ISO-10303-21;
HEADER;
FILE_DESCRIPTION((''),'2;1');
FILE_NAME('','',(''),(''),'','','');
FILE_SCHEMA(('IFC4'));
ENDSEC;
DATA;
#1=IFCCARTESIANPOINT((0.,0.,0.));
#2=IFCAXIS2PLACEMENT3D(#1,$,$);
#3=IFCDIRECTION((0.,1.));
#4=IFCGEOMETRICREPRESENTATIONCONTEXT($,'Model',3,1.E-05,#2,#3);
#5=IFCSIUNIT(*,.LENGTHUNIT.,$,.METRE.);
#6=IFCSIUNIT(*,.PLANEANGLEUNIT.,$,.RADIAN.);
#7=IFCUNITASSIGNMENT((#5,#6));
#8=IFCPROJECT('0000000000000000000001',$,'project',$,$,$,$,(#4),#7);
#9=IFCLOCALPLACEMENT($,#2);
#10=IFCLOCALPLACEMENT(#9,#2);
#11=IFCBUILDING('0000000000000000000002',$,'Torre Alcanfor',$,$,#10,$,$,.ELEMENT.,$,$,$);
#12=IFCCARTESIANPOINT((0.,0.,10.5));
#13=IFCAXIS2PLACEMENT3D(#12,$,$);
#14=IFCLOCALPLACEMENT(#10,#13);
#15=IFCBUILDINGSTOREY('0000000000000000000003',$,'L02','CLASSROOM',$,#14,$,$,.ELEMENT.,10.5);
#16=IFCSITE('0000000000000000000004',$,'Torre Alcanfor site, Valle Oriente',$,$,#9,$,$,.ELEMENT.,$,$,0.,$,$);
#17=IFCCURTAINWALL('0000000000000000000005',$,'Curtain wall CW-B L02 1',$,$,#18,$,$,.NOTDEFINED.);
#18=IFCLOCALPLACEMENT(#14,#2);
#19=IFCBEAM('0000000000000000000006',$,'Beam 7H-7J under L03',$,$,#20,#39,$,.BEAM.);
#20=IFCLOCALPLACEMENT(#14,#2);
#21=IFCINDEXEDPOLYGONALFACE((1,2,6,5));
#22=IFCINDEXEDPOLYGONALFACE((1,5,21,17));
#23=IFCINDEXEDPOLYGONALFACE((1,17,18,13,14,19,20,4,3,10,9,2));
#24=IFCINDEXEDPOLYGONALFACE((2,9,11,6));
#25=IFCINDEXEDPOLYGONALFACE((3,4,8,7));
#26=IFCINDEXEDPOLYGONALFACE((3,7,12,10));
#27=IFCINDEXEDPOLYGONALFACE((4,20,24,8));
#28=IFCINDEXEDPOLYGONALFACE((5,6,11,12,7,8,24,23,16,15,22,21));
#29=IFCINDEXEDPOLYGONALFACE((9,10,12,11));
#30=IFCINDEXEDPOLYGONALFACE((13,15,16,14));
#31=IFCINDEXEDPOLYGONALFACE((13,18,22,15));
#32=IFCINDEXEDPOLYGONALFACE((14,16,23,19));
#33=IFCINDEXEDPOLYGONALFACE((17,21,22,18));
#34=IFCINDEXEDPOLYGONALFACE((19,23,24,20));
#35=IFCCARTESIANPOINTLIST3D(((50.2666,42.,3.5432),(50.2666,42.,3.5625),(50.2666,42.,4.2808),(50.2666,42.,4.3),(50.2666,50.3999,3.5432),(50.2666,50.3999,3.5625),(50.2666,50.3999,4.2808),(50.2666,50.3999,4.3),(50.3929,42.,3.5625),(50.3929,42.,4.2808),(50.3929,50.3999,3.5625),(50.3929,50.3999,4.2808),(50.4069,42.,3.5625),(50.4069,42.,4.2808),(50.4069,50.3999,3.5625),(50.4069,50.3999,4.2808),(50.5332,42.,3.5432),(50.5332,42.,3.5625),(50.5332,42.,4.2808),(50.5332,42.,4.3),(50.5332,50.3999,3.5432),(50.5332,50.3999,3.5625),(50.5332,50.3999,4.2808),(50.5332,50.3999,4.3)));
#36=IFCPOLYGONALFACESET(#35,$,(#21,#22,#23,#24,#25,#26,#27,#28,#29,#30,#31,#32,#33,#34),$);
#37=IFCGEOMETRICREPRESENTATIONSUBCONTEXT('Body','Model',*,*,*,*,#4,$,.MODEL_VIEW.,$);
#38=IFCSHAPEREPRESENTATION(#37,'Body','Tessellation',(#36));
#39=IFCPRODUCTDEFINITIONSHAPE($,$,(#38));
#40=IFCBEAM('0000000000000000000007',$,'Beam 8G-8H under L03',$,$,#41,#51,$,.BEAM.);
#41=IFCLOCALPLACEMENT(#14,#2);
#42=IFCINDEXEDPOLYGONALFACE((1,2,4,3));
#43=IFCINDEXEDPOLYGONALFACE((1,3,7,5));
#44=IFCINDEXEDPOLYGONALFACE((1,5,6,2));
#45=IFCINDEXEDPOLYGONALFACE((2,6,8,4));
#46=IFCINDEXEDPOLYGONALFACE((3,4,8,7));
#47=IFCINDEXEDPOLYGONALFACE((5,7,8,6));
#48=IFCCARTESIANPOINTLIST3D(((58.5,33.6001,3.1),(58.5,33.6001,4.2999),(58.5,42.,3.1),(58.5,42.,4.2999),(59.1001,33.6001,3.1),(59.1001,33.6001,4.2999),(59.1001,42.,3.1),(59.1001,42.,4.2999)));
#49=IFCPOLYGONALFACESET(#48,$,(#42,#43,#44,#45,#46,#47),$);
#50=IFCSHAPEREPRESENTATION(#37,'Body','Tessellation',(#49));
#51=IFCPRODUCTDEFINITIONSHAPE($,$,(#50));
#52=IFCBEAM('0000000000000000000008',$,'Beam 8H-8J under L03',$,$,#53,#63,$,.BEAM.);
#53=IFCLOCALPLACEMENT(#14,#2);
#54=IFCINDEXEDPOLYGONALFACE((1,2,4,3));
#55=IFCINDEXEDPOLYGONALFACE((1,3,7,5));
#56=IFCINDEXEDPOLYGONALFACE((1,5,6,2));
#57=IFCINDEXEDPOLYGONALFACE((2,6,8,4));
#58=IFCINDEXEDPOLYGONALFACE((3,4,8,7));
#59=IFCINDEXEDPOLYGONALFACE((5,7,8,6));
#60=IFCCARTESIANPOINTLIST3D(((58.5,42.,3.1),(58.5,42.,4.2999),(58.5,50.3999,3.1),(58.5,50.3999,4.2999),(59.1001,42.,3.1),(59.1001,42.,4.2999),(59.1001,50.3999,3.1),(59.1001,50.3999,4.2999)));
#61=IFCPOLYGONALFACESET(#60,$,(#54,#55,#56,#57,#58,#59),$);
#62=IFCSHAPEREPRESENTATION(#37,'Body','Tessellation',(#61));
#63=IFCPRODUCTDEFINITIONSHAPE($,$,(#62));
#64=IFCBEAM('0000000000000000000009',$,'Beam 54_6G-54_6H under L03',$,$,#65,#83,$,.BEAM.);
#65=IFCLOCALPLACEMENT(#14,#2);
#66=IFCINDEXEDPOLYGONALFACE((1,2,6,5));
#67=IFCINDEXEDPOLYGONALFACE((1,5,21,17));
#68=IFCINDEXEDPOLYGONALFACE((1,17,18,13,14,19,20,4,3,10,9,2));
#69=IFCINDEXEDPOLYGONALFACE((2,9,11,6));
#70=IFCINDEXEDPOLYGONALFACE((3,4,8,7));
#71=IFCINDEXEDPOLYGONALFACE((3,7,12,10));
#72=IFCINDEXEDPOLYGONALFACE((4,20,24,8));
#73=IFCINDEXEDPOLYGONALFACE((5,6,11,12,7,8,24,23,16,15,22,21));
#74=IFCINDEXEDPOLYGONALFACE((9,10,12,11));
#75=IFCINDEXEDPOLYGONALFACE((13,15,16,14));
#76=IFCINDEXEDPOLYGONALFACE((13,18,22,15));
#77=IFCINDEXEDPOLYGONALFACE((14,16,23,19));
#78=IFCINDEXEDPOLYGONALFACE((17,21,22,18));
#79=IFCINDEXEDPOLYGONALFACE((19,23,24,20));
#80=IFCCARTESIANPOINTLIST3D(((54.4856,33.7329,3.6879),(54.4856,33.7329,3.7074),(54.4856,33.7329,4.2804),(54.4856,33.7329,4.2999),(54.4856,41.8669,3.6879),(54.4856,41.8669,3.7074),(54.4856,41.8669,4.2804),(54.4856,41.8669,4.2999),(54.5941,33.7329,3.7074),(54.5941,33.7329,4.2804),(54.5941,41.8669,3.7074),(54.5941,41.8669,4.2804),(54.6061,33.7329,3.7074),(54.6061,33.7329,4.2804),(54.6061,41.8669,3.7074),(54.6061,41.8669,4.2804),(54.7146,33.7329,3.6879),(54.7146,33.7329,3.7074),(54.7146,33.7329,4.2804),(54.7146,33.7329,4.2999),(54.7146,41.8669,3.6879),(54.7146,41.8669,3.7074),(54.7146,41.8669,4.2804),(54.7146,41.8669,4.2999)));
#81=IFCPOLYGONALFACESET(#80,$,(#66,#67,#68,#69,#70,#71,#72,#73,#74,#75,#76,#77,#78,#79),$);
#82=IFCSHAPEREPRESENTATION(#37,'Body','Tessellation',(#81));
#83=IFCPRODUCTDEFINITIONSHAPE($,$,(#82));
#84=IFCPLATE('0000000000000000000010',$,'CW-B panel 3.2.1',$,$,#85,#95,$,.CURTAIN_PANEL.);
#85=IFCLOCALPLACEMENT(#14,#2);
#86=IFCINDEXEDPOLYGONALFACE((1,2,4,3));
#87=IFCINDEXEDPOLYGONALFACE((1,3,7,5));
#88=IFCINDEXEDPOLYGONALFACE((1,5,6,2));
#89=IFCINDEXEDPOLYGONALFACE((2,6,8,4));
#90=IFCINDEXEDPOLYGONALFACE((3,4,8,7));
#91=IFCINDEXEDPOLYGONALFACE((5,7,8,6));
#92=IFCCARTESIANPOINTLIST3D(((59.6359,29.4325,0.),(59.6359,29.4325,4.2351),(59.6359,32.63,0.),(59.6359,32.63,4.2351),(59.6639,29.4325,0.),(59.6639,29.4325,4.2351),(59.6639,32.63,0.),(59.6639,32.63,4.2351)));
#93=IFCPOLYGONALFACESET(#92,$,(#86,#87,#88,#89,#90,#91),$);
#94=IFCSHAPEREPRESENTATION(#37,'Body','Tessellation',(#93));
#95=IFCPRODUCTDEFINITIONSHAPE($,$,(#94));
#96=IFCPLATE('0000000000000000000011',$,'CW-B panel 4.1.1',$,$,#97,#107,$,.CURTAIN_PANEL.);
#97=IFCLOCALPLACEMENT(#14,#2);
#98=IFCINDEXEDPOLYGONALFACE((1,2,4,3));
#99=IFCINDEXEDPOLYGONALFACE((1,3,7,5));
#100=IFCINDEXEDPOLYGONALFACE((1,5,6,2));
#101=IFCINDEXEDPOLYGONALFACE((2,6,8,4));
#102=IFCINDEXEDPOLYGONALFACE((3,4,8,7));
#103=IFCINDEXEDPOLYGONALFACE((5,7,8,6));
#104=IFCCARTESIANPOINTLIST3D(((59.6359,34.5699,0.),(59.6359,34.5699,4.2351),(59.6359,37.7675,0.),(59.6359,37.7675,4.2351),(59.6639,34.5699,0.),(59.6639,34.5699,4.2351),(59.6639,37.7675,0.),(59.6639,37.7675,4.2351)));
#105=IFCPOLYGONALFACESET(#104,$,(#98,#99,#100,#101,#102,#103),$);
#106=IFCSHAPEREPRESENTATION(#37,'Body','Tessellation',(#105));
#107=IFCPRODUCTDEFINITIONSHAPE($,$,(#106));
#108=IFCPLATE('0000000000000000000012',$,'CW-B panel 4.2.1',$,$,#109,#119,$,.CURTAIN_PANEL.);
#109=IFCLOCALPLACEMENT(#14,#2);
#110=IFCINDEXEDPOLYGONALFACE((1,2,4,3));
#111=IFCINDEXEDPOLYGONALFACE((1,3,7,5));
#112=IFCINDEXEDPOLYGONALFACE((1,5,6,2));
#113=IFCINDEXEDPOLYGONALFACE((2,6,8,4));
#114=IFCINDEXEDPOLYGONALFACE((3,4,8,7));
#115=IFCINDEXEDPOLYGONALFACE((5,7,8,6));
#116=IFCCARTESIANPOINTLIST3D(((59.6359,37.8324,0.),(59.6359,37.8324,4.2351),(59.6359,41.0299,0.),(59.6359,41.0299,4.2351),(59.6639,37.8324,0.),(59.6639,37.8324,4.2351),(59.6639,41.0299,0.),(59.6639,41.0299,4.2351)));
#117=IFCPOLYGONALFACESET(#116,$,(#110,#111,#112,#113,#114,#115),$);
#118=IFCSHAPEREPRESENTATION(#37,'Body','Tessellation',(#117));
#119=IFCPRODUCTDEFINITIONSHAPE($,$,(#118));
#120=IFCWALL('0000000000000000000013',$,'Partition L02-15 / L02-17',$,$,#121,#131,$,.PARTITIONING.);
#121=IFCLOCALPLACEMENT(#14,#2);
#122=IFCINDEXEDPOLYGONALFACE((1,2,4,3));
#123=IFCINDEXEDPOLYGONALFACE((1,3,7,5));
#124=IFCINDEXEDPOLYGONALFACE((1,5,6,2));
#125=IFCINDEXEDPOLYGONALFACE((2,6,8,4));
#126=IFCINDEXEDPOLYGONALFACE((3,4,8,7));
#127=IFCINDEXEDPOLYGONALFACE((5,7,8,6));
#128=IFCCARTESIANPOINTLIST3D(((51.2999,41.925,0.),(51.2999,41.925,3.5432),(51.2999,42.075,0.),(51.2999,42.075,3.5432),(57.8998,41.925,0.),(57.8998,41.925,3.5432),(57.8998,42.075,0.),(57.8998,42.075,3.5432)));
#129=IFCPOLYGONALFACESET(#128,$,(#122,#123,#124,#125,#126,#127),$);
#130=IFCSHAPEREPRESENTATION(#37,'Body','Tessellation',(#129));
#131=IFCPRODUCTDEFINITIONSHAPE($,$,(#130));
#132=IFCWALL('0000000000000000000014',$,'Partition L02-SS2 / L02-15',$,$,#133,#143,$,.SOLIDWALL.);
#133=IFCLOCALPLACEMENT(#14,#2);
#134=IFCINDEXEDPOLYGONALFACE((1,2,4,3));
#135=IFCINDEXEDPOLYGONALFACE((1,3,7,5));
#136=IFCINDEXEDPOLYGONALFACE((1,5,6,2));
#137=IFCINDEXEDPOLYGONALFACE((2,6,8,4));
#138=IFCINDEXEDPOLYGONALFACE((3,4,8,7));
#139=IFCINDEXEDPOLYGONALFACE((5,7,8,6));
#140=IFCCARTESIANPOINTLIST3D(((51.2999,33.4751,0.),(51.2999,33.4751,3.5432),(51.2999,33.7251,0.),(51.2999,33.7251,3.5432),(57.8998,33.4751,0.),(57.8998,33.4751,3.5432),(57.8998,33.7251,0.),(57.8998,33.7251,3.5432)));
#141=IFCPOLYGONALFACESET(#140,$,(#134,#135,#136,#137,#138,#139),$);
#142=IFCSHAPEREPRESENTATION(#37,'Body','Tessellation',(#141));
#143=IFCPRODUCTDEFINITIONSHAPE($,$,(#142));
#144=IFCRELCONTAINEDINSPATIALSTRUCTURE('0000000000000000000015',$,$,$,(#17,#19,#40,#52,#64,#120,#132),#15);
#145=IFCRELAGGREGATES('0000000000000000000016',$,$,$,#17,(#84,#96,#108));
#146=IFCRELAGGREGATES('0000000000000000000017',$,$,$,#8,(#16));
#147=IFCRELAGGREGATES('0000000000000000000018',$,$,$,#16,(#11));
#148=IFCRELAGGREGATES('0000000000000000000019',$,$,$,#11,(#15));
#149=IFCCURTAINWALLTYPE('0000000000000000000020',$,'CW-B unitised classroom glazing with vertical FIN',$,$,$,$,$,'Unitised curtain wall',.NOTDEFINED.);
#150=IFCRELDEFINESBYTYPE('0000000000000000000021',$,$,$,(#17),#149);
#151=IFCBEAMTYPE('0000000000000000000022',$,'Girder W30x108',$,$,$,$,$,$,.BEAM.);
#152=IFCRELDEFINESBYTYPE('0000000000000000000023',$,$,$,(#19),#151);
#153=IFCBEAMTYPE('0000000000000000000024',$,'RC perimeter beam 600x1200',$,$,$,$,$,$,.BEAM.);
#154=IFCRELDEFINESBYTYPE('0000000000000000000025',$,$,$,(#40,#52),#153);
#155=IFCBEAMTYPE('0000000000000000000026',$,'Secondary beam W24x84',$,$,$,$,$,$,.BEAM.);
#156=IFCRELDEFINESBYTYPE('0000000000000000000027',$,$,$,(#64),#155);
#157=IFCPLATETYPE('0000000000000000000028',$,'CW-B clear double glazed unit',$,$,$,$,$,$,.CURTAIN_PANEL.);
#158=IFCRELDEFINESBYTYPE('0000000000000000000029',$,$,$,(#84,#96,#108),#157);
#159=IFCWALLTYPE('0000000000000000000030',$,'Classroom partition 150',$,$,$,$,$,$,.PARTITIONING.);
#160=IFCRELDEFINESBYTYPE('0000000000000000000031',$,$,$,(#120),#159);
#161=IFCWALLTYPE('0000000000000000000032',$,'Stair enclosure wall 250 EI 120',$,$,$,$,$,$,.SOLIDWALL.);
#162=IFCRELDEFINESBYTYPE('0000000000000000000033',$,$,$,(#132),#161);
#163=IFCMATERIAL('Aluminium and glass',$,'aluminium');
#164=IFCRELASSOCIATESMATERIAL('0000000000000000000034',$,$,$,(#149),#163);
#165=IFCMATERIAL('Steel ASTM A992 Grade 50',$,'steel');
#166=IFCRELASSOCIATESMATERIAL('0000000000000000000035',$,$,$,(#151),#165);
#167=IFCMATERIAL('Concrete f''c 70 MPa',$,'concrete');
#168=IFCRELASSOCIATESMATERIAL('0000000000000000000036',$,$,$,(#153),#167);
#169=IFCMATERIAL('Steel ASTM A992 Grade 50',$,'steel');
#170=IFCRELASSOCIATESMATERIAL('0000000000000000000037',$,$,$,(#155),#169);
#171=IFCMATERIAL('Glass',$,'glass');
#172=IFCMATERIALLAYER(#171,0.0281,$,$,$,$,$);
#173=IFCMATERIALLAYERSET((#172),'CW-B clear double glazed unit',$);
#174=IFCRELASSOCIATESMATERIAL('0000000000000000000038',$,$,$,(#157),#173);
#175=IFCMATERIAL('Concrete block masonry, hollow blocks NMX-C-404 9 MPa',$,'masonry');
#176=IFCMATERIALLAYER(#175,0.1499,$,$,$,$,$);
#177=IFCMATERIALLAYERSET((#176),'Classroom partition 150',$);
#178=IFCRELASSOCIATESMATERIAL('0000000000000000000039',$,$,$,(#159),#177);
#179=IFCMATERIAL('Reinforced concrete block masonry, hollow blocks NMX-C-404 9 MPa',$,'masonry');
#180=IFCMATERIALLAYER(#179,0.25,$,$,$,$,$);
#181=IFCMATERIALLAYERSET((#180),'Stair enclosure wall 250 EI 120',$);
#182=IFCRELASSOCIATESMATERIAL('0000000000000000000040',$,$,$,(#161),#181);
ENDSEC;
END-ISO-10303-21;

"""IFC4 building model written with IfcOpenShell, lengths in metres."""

from ifc_helpers import new_model, si_unit, direction, frame, frame_2d, origin, origin_2d, place, context, subcontext, project, spatial, rectangle, i_section, extrude, material, layer, layer_set, material_profile, profile_set, type_object, element, aggregate, save


model = new_model("IFC4")

# Units and contexts
model_context = context("Model", 3, precision=1e-05, world=origin(), true_north=direction((0.0, 1.0)))
body_context = subcontext(model_context, "Body", "Model", "MODEL_VIEW")
ifc_project = project(units=[si_unit("LENGTHUNIT", "METRE"), si_unit("PLANEANGLEUNIT", "RADIAN")], contexts=[model_context])

# Site, building, storey
site_placement = place(None, origin())
site = spatial("IfcSite", under=ifc_project, at=site_placement, Name="Torre Alcanfor site, Valle Oriente", CompositionType="ELEMENT", RefElevation=0.0)
building_placement = place(site_placement, origin())
building = spatial("IfcBuilding", under=site, at=building_placement, Name="Torre Alcanfor", CompositionType="ELEMENT")
storey_placement = place(building_placement, frame((0.0, 0.0, 10.5)))
storey = spatial("IfcBuildingStorey", under=building, at=storey_placement, Name="L02", Description="CLASSROOM", CompositionType="ELEMENT", Elevation=10.5)

# Curtain wall
ifc_material_1 = material(Name="Aluminium and glass", Category="aluminium")
curtain_wall_type = type_object("IfcCurtainWallType", Name="CW-B unitised classroom glazing with vertical FIN", ElementType="Unitised curtain wall", PredefinedType="NOTDEFINED", material=ifc_material_1)
curtain_wall_placement = place(storey_placement, origin())
curtain_wall = element("IfcCurtainWall", 1, at=curtain_wall_placement, inside=storey, type_object=curtain_wall_type, Name="Curtain wall CW-B L02 1", PredefinedType="NOTDEFINED")

# Beams
ifc_material_2 = material(Name="Steel ASTM A992 Grade 50", Category="steel")
ifc_material_profile_1 = material_profile(ifc_material_2, i_section(OverallWidth=0.2666, OverallDepth=0.7568, WebThickness=0.0139, FlangeThickness=0.0193, at=origin_2d()), Name="W30x108")
ifc_profile_set_1 = profile_set([ifc_material_profile_1], Name="Steel ASTM A992 Grade 50")
beam_type_1 = type_object("IfcBeamType", Name="Girder W30x108", PredefinedType="BEAM", material=ifc_profile_set_1)
for number, where, z_axis, x_axis, name in (
    (2, (50.3999, 42.0, 3.9216), (0.0, 1.0, 0.0), (-1.0, 0.0, 0.0), "Beam 7H-7J under L03"),
):
    element("IfcBeam", number, at=place(storey_placement, frame(where, z_axis=z_axis, x_axis=x_axis)), inside=storey, type_object=beam_type_1, Name=name, PredefinedType="BEAM", context=body_context, shape_type="SweptSolid", body=[
        extrude(i_section(OverallWidth=0.2666, OverallDepth=0.7568, WebThickness=0.0139, FlangeThickness=0.0193, at=origin_2d()), origin(), (0.0, 0.0, 1.0), 8.3999),
    ])
ifc_material_3 = material(Name="Concrete f'c 70 MPa", Category="concrete")
ifc_material_profile_2 = material_profile(ifc_material_3, rectangle(XDim=0.6001, YDim=1.2, at=origin_2d()), Name="600x1200")
ifc_profile_set_2 = profile_set([ifc_material_profile_2], Name="Concrete f'c 70 MPa")
beam_type_2 = type_object("IfcBeamType", Name="RC perimeter beam 600x1200", PredefinedType="BEAM", material=ifc_profile_set_2)
for number, where, z_axis, x_axis, name in (
    (3, (58.8, 33.6001, 3.7), (0.0, 1.0, 0.0), (-1.0, 0.0, 0.0), "Beam 8G-8H under L03"),
    (4, (58.8, 42.0, 3.7), (0.0, 1.0, 0.0), (-1.0, 0.0, 0.0), "Beam 8H-8J under L03"),
):
    element("IfcBeam", number, at=place(storey_placement, frame(where, z_axis=z_axis, x_axis=x_axis)), inside=storey, type_object=beam_type_2, Name=name, PredefinedType="BEAM", context=body_context, shape_type="SweptSolid", body=[
        extrude(rectangle(XDim=0.6001, YDim=1.2, at=origin_2d()), origin(), (0.0, 0.0, 1.0), 8.3999),
    ])
ifc_material_4 = material(Name="Steel ASTM A992 Grade 50", Category="steel")
ifc_material_profile_3 = material_profile(ifc_material_4, i_section(OverallWidth=0.229, OverallDepth=0.6121, WebThickness=0.012, FlangeThickness=0.0195, at=origin_2d()), Name="W24x84")
ifc_profile_set_3 = profile_set([ifc_material_profile_3], Name="Steel ASTM A992 Grade 50")
beam_type_3 = type_object("IfcBeamType", Name="Secondary beam W24x84", PredefinedType="BEAM", material=ifc_profile_set_3)
beam_placement = place(storey_placement, frame((54.6001, 33.7329, 3.9939), z_axis=(0.0, 1.0, 0.0), x_axis=(-1.0, 0.0, 0.0)))
element("IfcBeam", 5, at=beam_placement, inside=storey, type_object=beam_type_3, Name="Beam 54_6G-54_6H under L03", PredefinedType="BEAM", context=body_context, shape_type="SweptSolid", body=[
    extrude(i_section(OverallWidth=0.229, OverallDepth=0.6121, WebThickness=0.012, FlangeThickness=0.0195, at=origin_2d()), origin(), (0.0, 0.0, 1.0), 8.134),
])

# Plates
ifc_material_5 = material(Name="Glass", Category="glass")
ifc_layer_1 = layer(ifc_material_5, 0.0281)
ifc_layer_set_1 = layer_set([ifc_layer_1], Name="CW-B clear double glazed unit")
plate_type = type_object("IfcPlateType", Name="CW-B clear double glazed unit", PredefinedType="CURTAIN_PANEL", material=ifc_layer_set_1)
plate_1_placement = place(storey_placement, frame((59.6499, 31.0312, 0.0), z_axis=(0.0, 0.0, 1.0), x_axis=(0.0, 1.0, 0.0)))
plate_1 = element("IfcPlate", 6, at=plate_1_placement, type_object=plate_type, Name="CW-B panel 3.2.1", PredefinedType="CURTAIN_PANEL", context=body_context, shape_type="SweptSolid", body=[
    extrude(rectangle(XDim=3.1975, YDim=0.0281, at=origin_2d()), origin(), (0.0, 0.0, 1.0), 4.2351),
])
plate_2_placement = place(storey_placement, frame((59.6499, 36.1687, 0.0), z_axis=(0.0, 0.0, 1.0), x_axis=(0.0, 1.0, 0.0)))
plate_2 = element("IfcPlate", 7, at=plate_2_placement, type_object=plate_type, Name="CW-B panel 4.1.1", PredefinedType="CURTAIN_PANEL", context=body_context, shape_type="SweptSolid", body=[
    extrude(rectangle(XDim=3.1975, YDim=0.0281, at=origin_2d()), origin(), (0.0, 0.0, 1.0), 4.2351),
])
plate_3_placement = place(storey_placement, frame((59.6499, 39.4312, 0.0), z_axis=(0.0, 0.0, 1.0), x_axis=(0.0, 1.0, 0.0)))
plate_3 = element("IfcPlate", 8, at=plate_3_placement, type_object=plate_type, Name="CW-B panel 4.2.1", PredefinedType="CURTAIN_PANEL", context=body_context, shape_type="SweptSolid", body=[
    extrude(rectangle(XDim=3.1975, YDim=0.0281, at=origin_2d()), origin(), (0.0, 0.0, 1.0), 4.2351),
])
aggregate(curtain_wall, [plate_1, plate_2, plate_3])

# Walls
ifc_material_6 = material(Name="Concrete block masonry, hollow blocks NMX-C-404 9 MPa", Category="masonry")
ifc_layer_2 = layer(ifc_material_6, 0.1499)
ifc_layer_set_2 = layer_set([ifc_layer_2], Name="Classroom partition 150")
wall_type_1 = type_object("IfcWallType", Name="Classroom partition 150", PredefinedType="PARTITIONING", material=ifc_layer_set_2)
wall_1_placement = place(storey_placement, frame((51.3, 42.0, 0.0), z_axis=(0.0, 0.0, 1.0), x_axis=(1.0, 0.0, 0.0)))
element("IfcWall", 9, at=wall_1_placement, inside=storey, type_object=wall_type_1, Name="Partition L02-15 / L02-17", PredefinedType="PARTITIONING", context=body_context, shape_type="SweptSolid", body=[
    extrude(rectangle(XDim=6.5999, YDim=0.1499, at=frame_2d((3.2998, 0.0))), origin(), (0.0, 0.0, 1.0), 3.5432),
])
ifc_material_7 = material(Name="Reinforced concrete block masonry, hollow blocks NMX-C-404 9 MPa", Category="masonry")
ifc_layer_3 = layer(ifc_material_7, 0.25)
ifc_layer_set_3 = layer_set([ifc_layer_3], Name="Stair enclosure wall 250 EI 120")
wall_type_2 = type_object("IfcWallType", Name="Stair enclosure wall 250 EI 120", PredefinedType="SOLIDWALL", material=ifc_layer_set_3)
wall_2_placement = place(storey_placement, frame((51.3, 33.6001, 0.0), z_axis=(0.0, 0.0, 1.0), x_axis=(1.0, 0.0, 0.0)))
element("IfcWall", 10, at=wall_2_placement, inside=storey, type_object=wall_type_2, Name="Partition L02-SS2 / L02-15", PredefinedType="SOLIDWALL", context=body_context, shape_type="SweptSolid", body=[
    extrude(rectangle(XDim=6.5999, YDim=0.25, at=frame_2d((3.2998, 0.0))), origin(), (0.0, 0.0, 1.0), 3.5432),
])

save(model, "model.ifc")
